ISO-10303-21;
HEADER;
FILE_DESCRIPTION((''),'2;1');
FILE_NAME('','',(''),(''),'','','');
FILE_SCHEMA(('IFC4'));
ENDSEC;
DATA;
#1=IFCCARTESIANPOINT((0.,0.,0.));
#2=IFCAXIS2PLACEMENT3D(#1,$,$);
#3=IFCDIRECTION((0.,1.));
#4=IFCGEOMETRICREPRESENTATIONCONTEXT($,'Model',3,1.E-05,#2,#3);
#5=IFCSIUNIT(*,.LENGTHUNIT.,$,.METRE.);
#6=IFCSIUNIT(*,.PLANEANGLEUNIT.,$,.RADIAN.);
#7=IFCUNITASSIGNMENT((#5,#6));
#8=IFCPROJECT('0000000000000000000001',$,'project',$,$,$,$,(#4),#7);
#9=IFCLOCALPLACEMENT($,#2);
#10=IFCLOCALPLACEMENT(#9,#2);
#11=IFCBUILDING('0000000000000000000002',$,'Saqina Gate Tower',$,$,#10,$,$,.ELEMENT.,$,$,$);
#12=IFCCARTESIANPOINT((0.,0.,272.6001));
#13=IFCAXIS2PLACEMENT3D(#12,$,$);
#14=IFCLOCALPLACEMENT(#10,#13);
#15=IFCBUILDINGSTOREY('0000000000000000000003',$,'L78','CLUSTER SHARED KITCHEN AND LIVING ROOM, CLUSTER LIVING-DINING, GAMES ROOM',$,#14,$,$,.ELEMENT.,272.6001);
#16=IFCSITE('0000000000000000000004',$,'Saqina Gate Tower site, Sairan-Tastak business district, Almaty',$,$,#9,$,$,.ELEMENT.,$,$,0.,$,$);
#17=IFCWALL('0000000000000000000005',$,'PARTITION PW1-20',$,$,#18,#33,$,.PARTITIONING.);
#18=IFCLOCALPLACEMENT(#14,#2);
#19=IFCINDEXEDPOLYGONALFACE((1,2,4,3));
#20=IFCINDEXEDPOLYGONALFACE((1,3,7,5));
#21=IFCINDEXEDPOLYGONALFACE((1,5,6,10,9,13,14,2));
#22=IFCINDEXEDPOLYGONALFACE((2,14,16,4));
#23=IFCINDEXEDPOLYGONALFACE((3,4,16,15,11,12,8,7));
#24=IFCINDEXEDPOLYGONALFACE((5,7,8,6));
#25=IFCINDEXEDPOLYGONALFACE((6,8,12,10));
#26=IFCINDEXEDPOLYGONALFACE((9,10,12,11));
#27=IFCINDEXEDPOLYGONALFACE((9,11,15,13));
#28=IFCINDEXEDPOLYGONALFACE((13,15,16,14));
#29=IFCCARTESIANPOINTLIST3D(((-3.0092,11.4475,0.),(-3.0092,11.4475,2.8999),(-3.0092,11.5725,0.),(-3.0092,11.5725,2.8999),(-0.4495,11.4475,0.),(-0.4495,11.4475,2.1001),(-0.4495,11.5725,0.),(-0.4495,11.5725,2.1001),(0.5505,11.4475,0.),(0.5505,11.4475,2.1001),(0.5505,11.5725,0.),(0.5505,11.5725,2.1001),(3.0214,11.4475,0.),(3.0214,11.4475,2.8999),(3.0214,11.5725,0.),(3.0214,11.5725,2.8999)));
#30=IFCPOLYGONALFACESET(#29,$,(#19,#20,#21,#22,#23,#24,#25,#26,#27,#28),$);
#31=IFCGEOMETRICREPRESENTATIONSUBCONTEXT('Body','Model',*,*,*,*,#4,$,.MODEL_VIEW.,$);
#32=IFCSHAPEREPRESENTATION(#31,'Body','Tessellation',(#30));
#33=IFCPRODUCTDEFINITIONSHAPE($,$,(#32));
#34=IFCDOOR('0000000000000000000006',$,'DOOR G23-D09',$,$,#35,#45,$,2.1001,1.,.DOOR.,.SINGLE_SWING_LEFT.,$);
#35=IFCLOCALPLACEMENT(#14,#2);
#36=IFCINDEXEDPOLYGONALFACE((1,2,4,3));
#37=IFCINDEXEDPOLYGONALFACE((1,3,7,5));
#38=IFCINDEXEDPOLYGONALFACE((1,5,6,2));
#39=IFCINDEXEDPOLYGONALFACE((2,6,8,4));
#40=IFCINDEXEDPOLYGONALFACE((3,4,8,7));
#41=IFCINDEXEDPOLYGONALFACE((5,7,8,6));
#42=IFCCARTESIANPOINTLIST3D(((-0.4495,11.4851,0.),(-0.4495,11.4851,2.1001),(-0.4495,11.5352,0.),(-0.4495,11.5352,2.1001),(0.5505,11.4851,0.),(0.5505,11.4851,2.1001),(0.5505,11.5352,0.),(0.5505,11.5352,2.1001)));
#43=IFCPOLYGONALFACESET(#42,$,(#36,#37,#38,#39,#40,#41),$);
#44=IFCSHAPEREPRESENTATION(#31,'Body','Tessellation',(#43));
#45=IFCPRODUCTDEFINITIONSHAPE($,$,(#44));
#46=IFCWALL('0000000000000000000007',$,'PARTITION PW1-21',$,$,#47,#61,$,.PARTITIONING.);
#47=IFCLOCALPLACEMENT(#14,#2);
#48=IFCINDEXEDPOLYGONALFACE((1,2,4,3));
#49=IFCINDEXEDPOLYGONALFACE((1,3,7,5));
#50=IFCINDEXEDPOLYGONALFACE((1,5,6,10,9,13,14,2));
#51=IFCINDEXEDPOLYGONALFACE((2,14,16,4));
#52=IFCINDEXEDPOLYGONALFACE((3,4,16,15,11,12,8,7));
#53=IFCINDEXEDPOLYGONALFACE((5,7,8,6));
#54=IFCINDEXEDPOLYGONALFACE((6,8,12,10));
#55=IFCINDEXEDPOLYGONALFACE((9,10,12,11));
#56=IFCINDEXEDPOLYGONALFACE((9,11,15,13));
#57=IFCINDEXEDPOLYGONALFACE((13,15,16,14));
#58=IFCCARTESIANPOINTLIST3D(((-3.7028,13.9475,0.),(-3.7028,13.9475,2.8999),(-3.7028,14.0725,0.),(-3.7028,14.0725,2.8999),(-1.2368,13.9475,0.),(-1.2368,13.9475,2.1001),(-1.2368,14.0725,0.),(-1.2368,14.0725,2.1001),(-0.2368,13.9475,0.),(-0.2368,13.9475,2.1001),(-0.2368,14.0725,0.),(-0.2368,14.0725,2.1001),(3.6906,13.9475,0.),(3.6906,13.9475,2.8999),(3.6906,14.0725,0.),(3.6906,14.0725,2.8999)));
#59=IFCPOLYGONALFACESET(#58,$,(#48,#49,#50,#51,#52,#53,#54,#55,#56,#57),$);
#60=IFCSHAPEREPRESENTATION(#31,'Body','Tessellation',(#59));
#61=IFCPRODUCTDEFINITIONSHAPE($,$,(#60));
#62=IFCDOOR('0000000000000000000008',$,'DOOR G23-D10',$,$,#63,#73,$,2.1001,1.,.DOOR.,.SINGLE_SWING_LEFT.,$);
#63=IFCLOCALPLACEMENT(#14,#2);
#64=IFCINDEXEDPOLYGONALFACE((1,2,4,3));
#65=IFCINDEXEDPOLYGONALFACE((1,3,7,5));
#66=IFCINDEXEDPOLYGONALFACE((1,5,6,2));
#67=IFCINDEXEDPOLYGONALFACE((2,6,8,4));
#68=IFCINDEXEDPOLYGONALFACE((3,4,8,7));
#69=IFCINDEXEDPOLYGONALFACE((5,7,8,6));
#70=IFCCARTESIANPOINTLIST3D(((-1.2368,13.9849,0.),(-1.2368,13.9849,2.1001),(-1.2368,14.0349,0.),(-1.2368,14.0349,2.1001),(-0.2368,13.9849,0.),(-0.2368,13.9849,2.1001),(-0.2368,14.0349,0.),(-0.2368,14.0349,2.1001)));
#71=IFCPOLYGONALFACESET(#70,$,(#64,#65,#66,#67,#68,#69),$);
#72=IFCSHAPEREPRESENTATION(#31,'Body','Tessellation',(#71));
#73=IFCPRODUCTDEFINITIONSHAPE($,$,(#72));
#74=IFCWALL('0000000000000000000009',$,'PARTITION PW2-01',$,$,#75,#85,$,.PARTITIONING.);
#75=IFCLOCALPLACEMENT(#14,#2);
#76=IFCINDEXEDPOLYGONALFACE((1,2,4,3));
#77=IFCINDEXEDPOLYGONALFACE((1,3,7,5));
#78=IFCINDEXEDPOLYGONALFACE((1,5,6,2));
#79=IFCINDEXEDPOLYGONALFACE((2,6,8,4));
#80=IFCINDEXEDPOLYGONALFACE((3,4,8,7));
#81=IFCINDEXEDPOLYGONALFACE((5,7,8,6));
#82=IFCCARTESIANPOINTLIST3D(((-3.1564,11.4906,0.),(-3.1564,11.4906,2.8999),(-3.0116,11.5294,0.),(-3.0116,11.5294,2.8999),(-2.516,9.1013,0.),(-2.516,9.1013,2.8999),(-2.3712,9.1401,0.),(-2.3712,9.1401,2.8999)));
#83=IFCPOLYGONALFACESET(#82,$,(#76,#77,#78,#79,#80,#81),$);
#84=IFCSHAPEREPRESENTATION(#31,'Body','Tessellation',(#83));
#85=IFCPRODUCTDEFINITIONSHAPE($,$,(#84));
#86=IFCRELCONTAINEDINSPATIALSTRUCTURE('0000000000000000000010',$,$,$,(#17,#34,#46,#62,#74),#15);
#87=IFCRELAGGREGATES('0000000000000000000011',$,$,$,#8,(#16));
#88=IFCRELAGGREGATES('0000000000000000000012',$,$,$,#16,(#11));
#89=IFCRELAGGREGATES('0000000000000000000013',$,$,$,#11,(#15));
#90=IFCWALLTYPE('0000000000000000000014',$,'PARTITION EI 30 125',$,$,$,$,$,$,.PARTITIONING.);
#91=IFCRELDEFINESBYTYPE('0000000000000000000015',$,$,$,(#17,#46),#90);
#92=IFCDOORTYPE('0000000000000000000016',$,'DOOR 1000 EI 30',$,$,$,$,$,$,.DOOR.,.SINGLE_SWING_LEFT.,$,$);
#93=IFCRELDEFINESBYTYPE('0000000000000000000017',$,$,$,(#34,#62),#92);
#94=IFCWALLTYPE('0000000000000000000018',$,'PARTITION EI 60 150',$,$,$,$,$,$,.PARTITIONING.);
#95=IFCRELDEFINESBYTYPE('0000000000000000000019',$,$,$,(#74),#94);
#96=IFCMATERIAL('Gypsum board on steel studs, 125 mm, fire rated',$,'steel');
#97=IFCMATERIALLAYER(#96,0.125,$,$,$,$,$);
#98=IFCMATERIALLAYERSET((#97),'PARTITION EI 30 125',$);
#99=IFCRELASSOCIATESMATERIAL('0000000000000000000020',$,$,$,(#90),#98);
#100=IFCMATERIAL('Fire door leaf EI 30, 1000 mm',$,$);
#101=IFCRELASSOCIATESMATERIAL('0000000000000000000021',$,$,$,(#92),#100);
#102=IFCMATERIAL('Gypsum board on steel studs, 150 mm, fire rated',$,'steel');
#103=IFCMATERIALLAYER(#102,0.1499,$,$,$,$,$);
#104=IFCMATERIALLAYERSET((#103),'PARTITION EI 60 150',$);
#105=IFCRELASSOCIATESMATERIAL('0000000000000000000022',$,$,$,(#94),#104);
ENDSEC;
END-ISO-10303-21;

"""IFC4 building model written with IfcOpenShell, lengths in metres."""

from ifc_helpers import new_model, si_unit, direction, frame, frame_2d, origin, place, context, subcontext, project, spatial, rectangle, extrude, material, layer, layer_set, type_object, element, fill, save


model = new_model("IFC4")

# Units and contexts
model_context = context("Model", 3, precision=1e-05, world=origin(), true_north=direction((0.0, 1.0)))
body_context = subcontext(model_context, "Body", "Model", "MODEL_VIEW")
ifc_project = project(units=[si_unit("LENGTHUNIT", "METRE"), si_unit("PLANEANGLEUNIT", "RADIAN")], contexts=[model_context])

# Site, building, storey
site_placement = place(None, origin())
site = spatial("IfcSite", under=ifc_project, at=site_placement, Name="Saqina Gate Tower site, Sairan-Tastak business district, Almaty", CompositionType="ELEMENT", RefElevation=0.0)
building_placement = place(site_placement, origin())
building = spatial("IfcBuilding", under=site, at=building_placement, Name="Saqina Gate Tower", CompositionType="ELEMENT")
storey_placement = place(building_placement, frame((0.0, 0.0, 272.6001)))
storey = spatial("IfcBuildingStorey", under=building, at=storey_placement, Name="L78", Description="CLUSTER SHARED KITCHEN AND LIVING ROOM, CLUSTER LIVING-DINING, GAMES ROOM", CompositionType="ELEMENT", Elevation=272.6001)

# Walls, openings, doors
ifc_material_1 = material(Name="Gypsum board on steel studs, 125 mm, fire rated", Category="steel")
ifc_layer_1 = layer(ifc_material_1, 0.125)
ifc_layer_set_1 = layer_set([ifc_layer_1], Name="PARTITION EI 30 125")
wall_type_1 = type_object("IfcWallType", Name="PARTITION EI 30 125", PredefinedType="PARTITIONING", material=ifc_layer_set_1)
wall_1_placement = place(storey_placement, frame((-3.009, 11.51, 0.0), z_axis=(0.0, 0.0, 1.0), x_axis=(1.0, 0.0, 0.0)))
wall_1 = element("IfcWall", 1, at=wall_1_placement, inside=storey, type_object=wall_type_1, Name="PARTITION PW1-20", PredefinedType="PARTITIONING", context=body_context, shape_type="SweptSolid", body=[
    extrude(rectangle(XDim=6.0305, YDim=0.125, at=frame_2d((3.0151, 0.0))), origin(), (0.0, 0.0, 1.0), 2.8999),
])
opening_1_placement = place(wall_1_placement, frame((2.5596, 0.0, 0.0)))
opening_1 = element("IfcOpeningElement", 2, at=opening_1_placement, cuts=wall_1, PredefinedType="OPENING", context=body_context, shape_type="SweptSolid", body=[
    extrude(rectangle(XDim=1.0, YDim=2.1001, at=frame_2d((0.5, 1.05))), frame((0.0, 0.0745, 0.0), z_axis=(0.0, -1.0, 0.0), x_axis=(1.0, 0.0, 0.0)), (0.0, 0.0, 1.0), 0.1489),
])
ifc_material_2 = material(Name="Fire door leaf EI 30, 1000 mm")
door_type_1 = type_object("IfcDoorType", Name="DOOR 1000 EI 30", OperationType="SINGLE_SWING_LEFT", PredefinedType="DOOR", material=ifc_material_2)
door_1_placement = place(opening_1_placement, frame((1.0, 0.0, 0.0), z_axis=(0.0, 0.0, 1.0), x_axis=(-1.0, 0.0, 0.0)))
door_1 = element("IfcDoor", 3, at=door_1_placement, inside=storey, type_object=door_type_1, Name="DOOR G23-D09", OperationType="SINGLE_SWING_LEFT", OverallHeight=2.1001, OverallWidth=1.0, PredefinedType="DOOR", context=body_context, shape_type="SweptSolid", body=[
    extrude(rectangle(XDim=1.0, YDim=2.1001, at=frame_2d((0.5, 1.05))), frame((0.0, 0.0249, 0.0), z_axis=(0.0, -1.0, 0.0), x_axis=(1.0, 0.0, 0.0)), (0.0, 0.0, 1.0), 0.05),
])
fill(opening_1, door_1)
wall_2_placement = place(storey_placement, frame((-3.7029, 14.01, 0.0), z_axis=(0.0, 0.0, 1.0), x_axis=(1.0, 0.0, 0.0)))
wall_2 = element("IfcWall", 4, at=wall_2_placement, inside=storey, type_object=wall_type_1, Name="PARTITION PW1-21", PredefinedType="PARTITIONING", context=body_context, shape_type="SweptSolid", body=[
    extrude(rectangle(XDim=7.3933, YDim=0.125, at=frame_2d((3.6968, 0.0))), origin(), (0.0, 0.0, 1.0), 2.8999),
])
opening_2_placement = place(wall_2_placement, frame((2.4661, 0.0, 0.0)))
opening_2 = element("IfcOpeningElement", 5, at=opening_2_placement, cuts=wall_2, PredefinedType="OPENING", context=body_context, shape_type="SweptSolid", body=[
    extrude(rectangle(XDim=1.0, YDim=2.1001, at=frame_2d((0.5, 1.05))), frame((0.0, 0.0745, 0.0), z_axis=(0.0, -1.0, 0.0), x_axis=(1.0, 0.0, 0.0)), (0.0, 0.0, 1.0), 0.1489),
])
door_2_placement = place(opening_2_placement, origin())
door_2 = element("IfcDoor", 6, at=door_2_placement, inside=storey, type_object=door_type_1, Name="DOOR G23-D10", OperationType="SINGLE_SWING_LEFT", OverallHeight=2.1001, OverallWidth=1.0, PredefinedType="DOOR", context=body_context, shape_type="SweptSolid", body=[
    extrude(rectangle(XDim=1.0, YDim=2.1001, at=frame_2d((0.5, 1.05))), frame((0.0, 0.0249, 0.0), z_axis=(0.0, -1.0, 0.0), x_axis=(1.0, 0.0, 0.0)), (0.0, 0.0, 1.0), 0.05),
])
fill(opening_2, door_2)

# Wall
ifc_material_3 = material(Name="Gypsum board on steel studs, 150 mm, fire rated", Category="steel")
ifc_layer_2 = layer(ifc_material_3, 0.1499)
ifc_layer_set_2 = layer_set([ifc_layer_2], Name="PARTITION EI 60 150")
wall_type_2 = type_object("IfcWallType", Name="PARTITION EI 60 150", PredefinedType="PARTITIONING", material=ifc_layer_set_2)
wall_3_placement = place(storey_placement, frame((-3.084, 11.51, 0.0), z_axis=(0.0, 0.0, 1.0), x_axis=(0.258873, -0.965911, 0.0)))
element("IfcWall", 7, at=wall_3_placement, inside=storey, type_object=wall_type_2, Name="PARTITION PW2-01", PredefinedType="PARTITIONING", context=body_context, shape_type="SweptSolid", body=[
    extrude(rectangle(XDim=2.4736, YDim=0.1499, at=frame_2d((1.2368, 0.0))), origin(), (0.0, 0.0, 1.0), 2.8999),
])

save(model, "model.ifc")
